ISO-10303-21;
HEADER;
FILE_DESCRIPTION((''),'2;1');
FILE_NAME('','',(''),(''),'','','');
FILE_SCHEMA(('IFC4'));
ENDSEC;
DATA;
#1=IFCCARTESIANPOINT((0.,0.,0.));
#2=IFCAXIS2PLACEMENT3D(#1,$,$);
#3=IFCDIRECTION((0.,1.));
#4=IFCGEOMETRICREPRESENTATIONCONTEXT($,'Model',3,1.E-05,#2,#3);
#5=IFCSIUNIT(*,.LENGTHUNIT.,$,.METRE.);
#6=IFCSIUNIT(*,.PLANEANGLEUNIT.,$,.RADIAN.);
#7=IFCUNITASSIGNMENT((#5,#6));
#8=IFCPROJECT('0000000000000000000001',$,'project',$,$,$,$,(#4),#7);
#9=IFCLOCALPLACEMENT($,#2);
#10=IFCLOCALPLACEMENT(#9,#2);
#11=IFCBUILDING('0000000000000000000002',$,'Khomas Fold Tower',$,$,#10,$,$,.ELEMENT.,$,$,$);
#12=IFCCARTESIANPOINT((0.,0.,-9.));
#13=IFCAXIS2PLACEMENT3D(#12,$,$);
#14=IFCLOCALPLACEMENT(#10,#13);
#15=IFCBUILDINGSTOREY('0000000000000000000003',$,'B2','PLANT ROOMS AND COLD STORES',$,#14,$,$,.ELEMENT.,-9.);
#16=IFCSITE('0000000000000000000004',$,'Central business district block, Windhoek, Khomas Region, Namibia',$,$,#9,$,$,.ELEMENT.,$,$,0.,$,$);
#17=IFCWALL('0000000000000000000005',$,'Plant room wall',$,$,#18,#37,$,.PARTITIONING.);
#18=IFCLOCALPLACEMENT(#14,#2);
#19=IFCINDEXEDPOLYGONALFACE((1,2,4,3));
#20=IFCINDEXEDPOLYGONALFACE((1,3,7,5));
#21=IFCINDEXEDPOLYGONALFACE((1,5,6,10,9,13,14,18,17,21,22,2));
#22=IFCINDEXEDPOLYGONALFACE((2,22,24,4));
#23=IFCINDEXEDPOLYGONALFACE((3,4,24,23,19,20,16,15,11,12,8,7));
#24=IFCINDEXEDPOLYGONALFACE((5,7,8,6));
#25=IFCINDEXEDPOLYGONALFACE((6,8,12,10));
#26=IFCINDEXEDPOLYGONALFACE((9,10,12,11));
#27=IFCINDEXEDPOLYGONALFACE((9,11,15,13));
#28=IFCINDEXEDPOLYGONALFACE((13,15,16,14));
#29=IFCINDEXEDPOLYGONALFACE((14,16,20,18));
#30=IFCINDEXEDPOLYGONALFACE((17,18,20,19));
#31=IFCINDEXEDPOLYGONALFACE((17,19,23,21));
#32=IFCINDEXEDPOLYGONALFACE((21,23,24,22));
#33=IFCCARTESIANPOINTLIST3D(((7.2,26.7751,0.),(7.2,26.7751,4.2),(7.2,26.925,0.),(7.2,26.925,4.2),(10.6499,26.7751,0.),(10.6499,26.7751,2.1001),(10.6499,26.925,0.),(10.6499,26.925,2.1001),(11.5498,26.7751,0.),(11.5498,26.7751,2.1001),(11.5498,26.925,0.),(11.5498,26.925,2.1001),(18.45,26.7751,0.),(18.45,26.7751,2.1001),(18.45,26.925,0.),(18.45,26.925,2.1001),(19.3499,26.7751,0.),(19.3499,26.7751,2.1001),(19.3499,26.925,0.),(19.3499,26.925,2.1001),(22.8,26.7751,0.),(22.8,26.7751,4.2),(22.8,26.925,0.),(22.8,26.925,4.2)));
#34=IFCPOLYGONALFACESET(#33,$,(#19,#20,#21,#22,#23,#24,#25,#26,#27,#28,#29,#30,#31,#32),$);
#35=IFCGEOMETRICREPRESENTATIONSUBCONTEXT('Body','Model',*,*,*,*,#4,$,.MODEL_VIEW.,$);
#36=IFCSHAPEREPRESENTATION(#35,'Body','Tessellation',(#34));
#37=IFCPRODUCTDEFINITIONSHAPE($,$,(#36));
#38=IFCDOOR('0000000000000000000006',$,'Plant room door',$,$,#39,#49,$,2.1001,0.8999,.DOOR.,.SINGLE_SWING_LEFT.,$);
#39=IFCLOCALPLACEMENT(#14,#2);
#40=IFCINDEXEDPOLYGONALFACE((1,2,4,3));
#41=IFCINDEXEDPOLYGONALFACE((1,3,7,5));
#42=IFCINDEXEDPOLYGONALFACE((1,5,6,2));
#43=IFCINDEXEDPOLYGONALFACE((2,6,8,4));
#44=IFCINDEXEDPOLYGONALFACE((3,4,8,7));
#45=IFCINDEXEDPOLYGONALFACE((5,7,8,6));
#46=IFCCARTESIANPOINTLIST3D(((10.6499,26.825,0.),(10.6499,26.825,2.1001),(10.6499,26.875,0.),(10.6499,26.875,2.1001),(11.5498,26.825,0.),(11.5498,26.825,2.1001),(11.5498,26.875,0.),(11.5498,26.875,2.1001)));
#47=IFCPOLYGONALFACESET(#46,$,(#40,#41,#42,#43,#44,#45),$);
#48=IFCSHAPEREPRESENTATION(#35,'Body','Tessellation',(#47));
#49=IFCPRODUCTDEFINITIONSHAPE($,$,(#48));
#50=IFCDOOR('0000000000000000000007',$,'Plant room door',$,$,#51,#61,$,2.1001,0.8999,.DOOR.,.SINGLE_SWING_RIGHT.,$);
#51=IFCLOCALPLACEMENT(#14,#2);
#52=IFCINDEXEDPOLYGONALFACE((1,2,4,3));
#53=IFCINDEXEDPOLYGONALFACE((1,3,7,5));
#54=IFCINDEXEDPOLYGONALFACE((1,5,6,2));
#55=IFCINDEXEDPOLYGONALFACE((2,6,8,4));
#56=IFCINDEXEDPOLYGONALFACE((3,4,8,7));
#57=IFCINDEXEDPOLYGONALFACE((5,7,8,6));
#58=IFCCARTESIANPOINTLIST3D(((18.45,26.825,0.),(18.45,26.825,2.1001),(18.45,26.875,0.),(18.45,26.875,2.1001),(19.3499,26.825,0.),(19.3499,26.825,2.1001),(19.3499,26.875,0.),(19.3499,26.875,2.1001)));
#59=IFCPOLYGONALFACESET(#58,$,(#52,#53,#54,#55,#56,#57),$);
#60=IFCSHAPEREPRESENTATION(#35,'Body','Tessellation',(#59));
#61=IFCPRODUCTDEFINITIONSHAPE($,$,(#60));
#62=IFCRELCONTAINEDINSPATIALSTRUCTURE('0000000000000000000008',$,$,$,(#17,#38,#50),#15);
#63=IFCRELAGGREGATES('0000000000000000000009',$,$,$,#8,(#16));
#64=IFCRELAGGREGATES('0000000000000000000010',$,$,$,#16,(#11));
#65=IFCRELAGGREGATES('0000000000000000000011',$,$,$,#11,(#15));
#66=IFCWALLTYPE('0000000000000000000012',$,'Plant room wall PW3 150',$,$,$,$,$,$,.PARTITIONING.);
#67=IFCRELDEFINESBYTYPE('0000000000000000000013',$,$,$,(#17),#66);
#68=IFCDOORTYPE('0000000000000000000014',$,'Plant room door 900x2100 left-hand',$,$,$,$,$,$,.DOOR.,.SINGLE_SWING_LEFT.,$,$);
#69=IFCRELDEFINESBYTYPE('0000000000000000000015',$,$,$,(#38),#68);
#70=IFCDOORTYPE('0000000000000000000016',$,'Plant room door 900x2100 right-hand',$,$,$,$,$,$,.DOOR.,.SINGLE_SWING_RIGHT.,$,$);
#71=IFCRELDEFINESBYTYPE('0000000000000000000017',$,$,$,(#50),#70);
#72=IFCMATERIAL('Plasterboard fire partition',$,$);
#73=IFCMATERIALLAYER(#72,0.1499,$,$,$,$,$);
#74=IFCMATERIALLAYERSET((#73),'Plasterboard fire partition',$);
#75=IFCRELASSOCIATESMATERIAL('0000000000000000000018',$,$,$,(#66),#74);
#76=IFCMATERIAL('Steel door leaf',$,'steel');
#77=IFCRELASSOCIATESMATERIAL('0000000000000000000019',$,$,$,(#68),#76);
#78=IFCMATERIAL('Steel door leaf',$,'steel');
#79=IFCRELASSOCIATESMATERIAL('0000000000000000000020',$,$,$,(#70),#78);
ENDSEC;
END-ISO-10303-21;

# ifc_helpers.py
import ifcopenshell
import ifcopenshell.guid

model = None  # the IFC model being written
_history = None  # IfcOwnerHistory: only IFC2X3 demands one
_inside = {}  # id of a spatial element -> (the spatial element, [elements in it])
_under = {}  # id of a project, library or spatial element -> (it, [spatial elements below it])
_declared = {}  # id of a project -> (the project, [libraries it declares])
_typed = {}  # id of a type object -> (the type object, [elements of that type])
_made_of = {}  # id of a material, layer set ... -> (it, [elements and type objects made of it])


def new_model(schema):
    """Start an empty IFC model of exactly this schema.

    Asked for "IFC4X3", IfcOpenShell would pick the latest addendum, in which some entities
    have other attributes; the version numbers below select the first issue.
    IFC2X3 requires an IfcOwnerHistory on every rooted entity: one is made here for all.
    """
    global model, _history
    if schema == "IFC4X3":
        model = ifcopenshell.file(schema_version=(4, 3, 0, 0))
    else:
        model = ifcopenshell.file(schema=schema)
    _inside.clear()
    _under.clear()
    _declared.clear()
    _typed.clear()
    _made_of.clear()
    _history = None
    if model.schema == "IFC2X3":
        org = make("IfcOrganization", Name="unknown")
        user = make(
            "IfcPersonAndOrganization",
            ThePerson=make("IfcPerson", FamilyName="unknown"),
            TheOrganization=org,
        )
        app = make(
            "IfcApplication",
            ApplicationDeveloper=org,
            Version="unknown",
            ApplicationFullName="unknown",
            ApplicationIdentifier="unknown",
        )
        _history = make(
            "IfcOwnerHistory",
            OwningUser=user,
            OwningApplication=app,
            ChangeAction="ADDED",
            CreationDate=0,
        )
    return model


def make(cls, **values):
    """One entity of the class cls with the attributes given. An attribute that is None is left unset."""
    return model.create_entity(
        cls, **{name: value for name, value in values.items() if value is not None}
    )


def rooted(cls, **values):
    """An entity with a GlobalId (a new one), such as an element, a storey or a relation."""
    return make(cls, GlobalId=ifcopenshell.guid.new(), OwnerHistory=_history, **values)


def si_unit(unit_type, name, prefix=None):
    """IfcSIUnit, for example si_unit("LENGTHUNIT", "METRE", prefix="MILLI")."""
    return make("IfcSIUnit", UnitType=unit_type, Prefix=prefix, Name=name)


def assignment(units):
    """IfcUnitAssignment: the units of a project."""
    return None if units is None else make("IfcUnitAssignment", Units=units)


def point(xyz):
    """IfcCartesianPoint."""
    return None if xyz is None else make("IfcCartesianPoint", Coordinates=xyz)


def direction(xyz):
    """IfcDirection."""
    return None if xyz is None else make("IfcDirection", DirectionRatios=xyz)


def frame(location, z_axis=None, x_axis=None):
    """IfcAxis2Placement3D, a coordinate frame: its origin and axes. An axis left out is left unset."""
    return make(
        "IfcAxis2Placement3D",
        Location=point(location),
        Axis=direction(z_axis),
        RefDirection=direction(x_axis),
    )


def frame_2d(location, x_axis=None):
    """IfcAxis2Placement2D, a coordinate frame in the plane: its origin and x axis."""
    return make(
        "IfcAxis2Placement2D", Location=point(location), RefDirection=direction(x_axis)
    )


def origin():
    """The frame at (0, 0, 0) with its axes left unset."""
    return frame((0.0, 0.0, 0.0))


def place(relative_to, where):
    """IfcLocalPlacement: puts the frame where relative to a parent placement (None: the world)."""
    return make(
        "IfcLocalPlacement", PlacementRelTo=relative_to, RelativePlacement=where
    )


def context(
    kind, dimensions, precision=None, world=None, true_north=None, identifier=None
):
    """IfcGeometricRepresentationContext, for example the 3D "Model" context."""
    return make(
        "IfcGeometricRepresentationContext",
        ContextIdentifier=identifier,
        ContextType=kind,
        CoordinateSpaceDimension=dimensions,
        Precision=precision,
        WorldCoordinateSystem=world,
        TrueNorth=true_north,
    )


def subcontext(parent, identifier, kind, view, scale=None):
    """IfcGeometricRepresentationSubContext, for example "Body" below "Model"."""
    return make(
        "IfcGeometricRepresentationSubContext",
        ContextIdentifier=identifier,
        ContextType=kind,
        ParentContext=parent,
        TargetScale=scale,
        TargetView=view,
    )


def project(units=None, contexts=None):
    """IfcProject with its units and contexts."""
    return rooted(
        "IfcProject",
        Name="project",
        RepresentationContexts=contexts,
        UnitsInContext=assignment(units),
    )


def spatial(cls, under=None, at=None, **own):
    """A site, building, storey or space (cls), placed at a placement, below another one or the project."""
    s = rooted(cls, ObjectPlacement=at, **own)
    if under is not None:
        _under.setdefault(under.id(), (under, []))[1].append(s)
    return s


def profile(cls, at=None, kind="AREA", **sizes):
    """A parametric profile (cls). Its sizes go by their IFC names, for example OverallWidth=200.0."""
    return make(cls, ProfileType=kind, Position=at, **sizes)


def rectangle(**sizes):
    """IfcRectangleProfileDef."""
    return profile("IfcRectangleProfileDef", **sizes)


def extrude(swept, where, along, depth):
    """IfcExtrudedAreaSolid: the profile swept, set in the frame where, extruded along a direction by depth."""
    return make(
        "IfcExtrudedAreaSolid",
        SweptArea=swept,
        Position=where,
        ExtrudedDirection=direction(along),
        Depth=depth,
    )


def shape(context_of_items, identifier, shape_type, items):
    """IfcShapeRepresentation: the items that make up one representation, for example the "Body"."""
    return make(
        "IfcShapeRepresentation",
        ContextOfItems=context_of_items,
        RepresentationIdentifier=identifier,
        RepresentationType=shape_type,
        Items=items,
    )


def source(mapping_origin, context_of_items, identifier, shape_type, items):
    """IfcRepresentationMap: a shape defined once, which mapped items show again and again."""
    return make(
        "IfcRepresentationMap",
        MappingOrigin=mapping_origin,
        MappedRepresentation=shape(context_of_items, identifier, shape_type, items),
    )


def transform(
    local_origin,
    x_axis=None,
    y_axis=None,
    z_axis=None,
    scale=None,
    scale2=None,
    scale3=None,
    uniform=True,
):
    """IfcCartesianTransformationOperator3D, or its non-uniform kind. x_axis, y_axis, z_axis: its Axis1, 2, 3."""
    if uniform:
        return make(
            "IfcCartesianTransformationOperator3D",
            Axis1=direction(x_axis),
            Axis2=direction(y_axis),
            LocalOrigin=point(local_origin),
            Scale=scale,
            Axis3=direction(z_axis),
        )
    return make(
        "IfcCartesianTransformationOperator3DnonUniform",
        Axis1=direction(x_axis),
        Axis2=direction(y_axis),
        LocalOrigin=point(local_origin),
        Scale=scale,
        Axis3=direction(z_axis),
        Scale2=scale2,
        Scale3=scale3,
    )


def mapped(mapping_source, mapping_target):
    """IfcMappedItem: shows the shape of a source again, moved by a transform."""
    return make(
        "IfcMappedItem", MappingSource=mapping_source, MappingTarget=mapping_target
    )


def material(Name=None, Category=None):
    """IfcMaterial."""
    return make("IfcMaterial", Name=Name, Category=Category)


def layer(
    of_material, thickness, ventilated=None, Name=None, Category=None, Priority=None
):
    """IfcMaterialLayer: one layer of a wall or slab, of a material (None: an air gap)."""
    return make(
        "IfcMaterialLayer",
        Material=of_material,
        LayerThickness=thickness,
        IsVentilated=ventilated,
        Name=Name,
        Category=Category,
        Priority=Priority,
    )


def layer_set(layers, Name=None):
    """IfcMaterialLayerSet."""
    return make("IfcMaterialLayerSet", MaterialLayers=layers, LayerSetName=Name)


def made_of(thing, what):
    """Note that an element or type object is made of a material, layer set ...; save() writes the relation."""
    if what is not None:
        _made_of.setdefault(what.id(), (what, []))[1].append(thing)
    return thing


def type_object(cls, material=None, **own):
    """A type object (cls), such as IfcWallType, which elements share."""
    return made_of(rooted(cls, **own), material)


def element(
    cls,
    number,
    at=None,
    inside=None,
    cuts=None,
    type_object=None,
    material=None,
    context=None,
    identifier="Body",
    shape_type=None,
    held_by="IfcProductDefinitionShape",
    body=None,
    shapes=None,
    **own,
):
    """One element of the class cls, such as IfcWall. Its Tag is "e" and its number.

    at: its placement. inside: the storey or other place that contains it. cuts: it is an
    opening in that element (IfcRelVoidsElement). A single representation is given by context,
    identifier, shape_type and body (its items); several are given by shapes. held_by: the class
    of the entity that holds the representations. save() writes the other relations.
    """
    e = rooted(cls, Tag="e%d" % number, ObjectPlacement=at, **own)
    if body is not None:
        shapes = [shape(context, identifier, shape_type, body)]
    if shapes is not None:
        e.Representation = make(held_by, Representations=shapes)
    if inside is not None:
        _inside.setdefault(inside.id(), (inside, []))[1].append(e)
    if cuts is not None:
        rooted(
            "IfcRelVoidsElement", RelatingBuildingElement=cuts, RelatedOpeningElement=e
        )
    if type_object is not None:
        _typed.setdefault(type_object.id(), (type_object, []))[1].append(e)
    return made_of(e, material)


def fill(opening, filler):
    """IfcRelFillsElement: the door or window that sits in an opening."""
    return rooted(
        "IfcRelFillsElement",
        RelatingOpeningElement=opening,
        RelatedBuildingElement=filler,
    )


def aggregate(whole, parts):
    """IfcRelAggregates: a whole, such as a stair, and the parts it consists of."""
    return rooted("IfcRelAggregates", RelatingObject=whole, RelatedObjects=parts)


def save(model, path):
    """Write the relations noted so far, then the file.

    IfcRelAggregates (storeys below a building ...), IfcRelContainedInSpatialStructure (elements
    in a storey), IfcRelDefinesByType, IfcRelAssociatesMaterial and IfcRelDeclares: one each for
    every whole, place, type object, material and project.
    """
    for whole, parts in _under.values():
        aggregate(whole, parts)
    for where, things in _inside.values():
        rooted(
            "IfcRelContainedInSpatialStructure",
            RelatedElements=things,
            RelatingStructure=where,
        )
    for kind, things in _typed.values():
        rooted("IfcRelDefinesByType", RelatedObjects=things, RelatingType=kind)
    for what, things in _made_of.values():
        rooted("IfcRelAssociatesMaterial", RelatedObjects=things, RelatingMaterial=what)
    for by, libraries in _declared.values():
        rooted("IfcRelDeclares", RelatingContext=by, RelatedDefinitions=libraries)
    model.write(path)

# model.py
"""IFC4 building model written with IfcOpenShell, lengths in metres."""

from ifc_helpers import new_model, si_unit, direction, frame, frame_2d, origin, place, context, subcontext, project, spatial, rectangle, extrude, source, transform, mapped, material, layer, layer_set, type_object, element, fill, save


model = new_model("IFC4")

# Units and contexts
model_context = context("Model", 3, precision=1e-05, world=origin(), true_north=direction((0.0, 1.0)))
body_context = subcontext(model_context, "Body", "Model", "MODEL_VIEW")
ifc_project = project(units=[si_unit("LENGTHUNIT", "METRE"), si_unit("PLANEANGLEUNIT", "RADIAN")], contexts=[model_context])

# Site, building, storey
site_placement = place(None, origin())
site = spatial("IfcSite", under=ifc_project, at=site_placement, Name="Central business district block, Windhoek, Khomas Region, Namibia", CompositionType="ELEMENT", RefElevation=0.0)
building_placement = place(site_placement, origin())
building = spatial("IfcBuilding", under=site, at=building_placement, Name="Khomas Fold Tower", CompositionType="ELEMENT")
storey_placement = place(building_placement, frame((0.0, 0.0, -9.0)))
storey = spatial("IfcBuildingStorey", under=building, at=storey_placement, Name="B2", Description="PLANT ROOMS AND COLD STORES", CompositionType="ELEMENT", Elevation=-9.0)

# Wall, openings, doors
shared_shape_1 = source(origin(), body_context, "Body", "SweptSolid", [
    extrude(rectangle(XDim=0.8999, YDim=2.1001, at=frame_2d((0.45, 1.05))), frame((0.0, 0.0249, 0.0), z_axis=(0.0, -1.0, 0.0), x_axis=(1.0, 0.0, 0.0)), (0.0, 0.0, 1.0), 0.05),
])
ifc_material_1 = material(Name="Plasterboard fire partition")
ifc_layer_1 = layer(ifc_material_1, 0.1499)
ifc_layer_set_1 = layer_set([ifc_layer_1], Name="Plasterboard fire partition")
wall_type_1 = type_object("IfcWallType", Name="Plant room wall PW3 150", PredefinedType="PARTITIONING", material=ifc_layer_set_1)
shared_shape_2 = source(origin(), body_context, "Body", "SweptSolid", [
    extrude(rectangle(XDim=15.6001, YDim=0.1499, at=frame_2d((7.8, 0.0))), origin(), (0.0, 0.0, 1.0), 4.2),
])
wall_1_placement = place(storey_placement, frame((7.2, 26.8501, 0.0), z_axis=(0.0, 0.0, 1.0), x_axis=(1.0, 0.0, 0.0)))
wall_1 = element("IfcWall", 1, at=wall_1_placement, inside=storey, type_object=wall_type_1, Name="Plant room wall", PredefinedType="PARTITIONING", context=body_context, shape_type="MappedRepresentation", body=[
    mapped(shared_shape_2, transform((0.0, 0.0, 0.0))),
])
shared_shape_3 = source(origin(), body_context, "Body", "SweptSolid", [
    extrude(rectangle(XDim=0.8999, YDim=2.1001, at=frame_2d((0.45, 1.05))), frame((0.0, 0.085, 0.0), z_axis=(0.0, -1.0, 0.0), x_axis=(1.0, 0.0, 0.0)), (0.0, 0.0, 1.0), 0.1699),
])
opening_1_placement = place(wall_1_placement, frame((3.45, 0.0, 0.0)))
opening_1 = element("IfcOpeningElement", 2, at=opening_1_placement, cuts=wall_1, PredefinedType="OPENING", context=body_context, shape_type="MappedRepresentation", body=[
    mapped(shared_shape_3, transform((0.0, 0.0, 0.0))),
])
opening_2_placement = place(wall_1_placement, frame((11.25, 0.0, 0.0)))
opening_2 = element("IfcOpeningElement", 3, at=opening_2_placement, cuts=wall_1, PredefinedType="OPENING", context=body_context, shape_type="MappedRepresentation", body=[
    mapped(shared_shape_3, transform((0.0, 0.0, 0.0))),
])
ifc_material_2 = material(Name="Steel door leaf", Category="steel")
door_type_1 = type_object("IfcDoorType", Name="Plant room door 900x2100 left-hand", OperationType="SINGLE_SWING_LEFT", PredefinedType="DOOR", material=ifc_material_2)
door_1_placement = place(opening_1_placement, origin())
door_1 = element("IfcDoor", 4, at=door_1_placement, inside=storey, type_object=door_type_1, Name="Plant room door", OperationType="SINGLE_SWING_LEFT", OverallHeight=2.1001, OverallWidth=0.8999, PredefinedType="DOOR", context=body_context, shape_type="MappedRepresentation", body=[
    mapped(shared_shape_1, transform((0.0, 0.0, 0.0))),
])
fill(opening_1, door_1)
ifc_material_3 = material(Name="Steel door leaf", Category="steel")
door_type_2 = type_object("IfcDoorType", Name="Plant room door 900x2100 right-hand", OperationType="SINGLE_SWING_RIGHT", PredefinedType="DOOR", material=ifc_material_3)
door_2_placement = place(opening_2_placement, origin())
door_2 = element("IfcDoor", 5, at=door_2_placement, inside=storey, type_object=door_type_2, Name="Plant room door", OperationType="SINGLE_SWING_RIGHT", OverallHeight=2.1001, OverallWidth=0.8999, PredefinedType="DOOR", context=body_context, shape_type="MappedRepresentation", body=[
    mapped(shared_shape_1, transform((0.0, 0.0, 0.0))),
])
fill(opening_2, door_2)

save(model, "model.ifc")
